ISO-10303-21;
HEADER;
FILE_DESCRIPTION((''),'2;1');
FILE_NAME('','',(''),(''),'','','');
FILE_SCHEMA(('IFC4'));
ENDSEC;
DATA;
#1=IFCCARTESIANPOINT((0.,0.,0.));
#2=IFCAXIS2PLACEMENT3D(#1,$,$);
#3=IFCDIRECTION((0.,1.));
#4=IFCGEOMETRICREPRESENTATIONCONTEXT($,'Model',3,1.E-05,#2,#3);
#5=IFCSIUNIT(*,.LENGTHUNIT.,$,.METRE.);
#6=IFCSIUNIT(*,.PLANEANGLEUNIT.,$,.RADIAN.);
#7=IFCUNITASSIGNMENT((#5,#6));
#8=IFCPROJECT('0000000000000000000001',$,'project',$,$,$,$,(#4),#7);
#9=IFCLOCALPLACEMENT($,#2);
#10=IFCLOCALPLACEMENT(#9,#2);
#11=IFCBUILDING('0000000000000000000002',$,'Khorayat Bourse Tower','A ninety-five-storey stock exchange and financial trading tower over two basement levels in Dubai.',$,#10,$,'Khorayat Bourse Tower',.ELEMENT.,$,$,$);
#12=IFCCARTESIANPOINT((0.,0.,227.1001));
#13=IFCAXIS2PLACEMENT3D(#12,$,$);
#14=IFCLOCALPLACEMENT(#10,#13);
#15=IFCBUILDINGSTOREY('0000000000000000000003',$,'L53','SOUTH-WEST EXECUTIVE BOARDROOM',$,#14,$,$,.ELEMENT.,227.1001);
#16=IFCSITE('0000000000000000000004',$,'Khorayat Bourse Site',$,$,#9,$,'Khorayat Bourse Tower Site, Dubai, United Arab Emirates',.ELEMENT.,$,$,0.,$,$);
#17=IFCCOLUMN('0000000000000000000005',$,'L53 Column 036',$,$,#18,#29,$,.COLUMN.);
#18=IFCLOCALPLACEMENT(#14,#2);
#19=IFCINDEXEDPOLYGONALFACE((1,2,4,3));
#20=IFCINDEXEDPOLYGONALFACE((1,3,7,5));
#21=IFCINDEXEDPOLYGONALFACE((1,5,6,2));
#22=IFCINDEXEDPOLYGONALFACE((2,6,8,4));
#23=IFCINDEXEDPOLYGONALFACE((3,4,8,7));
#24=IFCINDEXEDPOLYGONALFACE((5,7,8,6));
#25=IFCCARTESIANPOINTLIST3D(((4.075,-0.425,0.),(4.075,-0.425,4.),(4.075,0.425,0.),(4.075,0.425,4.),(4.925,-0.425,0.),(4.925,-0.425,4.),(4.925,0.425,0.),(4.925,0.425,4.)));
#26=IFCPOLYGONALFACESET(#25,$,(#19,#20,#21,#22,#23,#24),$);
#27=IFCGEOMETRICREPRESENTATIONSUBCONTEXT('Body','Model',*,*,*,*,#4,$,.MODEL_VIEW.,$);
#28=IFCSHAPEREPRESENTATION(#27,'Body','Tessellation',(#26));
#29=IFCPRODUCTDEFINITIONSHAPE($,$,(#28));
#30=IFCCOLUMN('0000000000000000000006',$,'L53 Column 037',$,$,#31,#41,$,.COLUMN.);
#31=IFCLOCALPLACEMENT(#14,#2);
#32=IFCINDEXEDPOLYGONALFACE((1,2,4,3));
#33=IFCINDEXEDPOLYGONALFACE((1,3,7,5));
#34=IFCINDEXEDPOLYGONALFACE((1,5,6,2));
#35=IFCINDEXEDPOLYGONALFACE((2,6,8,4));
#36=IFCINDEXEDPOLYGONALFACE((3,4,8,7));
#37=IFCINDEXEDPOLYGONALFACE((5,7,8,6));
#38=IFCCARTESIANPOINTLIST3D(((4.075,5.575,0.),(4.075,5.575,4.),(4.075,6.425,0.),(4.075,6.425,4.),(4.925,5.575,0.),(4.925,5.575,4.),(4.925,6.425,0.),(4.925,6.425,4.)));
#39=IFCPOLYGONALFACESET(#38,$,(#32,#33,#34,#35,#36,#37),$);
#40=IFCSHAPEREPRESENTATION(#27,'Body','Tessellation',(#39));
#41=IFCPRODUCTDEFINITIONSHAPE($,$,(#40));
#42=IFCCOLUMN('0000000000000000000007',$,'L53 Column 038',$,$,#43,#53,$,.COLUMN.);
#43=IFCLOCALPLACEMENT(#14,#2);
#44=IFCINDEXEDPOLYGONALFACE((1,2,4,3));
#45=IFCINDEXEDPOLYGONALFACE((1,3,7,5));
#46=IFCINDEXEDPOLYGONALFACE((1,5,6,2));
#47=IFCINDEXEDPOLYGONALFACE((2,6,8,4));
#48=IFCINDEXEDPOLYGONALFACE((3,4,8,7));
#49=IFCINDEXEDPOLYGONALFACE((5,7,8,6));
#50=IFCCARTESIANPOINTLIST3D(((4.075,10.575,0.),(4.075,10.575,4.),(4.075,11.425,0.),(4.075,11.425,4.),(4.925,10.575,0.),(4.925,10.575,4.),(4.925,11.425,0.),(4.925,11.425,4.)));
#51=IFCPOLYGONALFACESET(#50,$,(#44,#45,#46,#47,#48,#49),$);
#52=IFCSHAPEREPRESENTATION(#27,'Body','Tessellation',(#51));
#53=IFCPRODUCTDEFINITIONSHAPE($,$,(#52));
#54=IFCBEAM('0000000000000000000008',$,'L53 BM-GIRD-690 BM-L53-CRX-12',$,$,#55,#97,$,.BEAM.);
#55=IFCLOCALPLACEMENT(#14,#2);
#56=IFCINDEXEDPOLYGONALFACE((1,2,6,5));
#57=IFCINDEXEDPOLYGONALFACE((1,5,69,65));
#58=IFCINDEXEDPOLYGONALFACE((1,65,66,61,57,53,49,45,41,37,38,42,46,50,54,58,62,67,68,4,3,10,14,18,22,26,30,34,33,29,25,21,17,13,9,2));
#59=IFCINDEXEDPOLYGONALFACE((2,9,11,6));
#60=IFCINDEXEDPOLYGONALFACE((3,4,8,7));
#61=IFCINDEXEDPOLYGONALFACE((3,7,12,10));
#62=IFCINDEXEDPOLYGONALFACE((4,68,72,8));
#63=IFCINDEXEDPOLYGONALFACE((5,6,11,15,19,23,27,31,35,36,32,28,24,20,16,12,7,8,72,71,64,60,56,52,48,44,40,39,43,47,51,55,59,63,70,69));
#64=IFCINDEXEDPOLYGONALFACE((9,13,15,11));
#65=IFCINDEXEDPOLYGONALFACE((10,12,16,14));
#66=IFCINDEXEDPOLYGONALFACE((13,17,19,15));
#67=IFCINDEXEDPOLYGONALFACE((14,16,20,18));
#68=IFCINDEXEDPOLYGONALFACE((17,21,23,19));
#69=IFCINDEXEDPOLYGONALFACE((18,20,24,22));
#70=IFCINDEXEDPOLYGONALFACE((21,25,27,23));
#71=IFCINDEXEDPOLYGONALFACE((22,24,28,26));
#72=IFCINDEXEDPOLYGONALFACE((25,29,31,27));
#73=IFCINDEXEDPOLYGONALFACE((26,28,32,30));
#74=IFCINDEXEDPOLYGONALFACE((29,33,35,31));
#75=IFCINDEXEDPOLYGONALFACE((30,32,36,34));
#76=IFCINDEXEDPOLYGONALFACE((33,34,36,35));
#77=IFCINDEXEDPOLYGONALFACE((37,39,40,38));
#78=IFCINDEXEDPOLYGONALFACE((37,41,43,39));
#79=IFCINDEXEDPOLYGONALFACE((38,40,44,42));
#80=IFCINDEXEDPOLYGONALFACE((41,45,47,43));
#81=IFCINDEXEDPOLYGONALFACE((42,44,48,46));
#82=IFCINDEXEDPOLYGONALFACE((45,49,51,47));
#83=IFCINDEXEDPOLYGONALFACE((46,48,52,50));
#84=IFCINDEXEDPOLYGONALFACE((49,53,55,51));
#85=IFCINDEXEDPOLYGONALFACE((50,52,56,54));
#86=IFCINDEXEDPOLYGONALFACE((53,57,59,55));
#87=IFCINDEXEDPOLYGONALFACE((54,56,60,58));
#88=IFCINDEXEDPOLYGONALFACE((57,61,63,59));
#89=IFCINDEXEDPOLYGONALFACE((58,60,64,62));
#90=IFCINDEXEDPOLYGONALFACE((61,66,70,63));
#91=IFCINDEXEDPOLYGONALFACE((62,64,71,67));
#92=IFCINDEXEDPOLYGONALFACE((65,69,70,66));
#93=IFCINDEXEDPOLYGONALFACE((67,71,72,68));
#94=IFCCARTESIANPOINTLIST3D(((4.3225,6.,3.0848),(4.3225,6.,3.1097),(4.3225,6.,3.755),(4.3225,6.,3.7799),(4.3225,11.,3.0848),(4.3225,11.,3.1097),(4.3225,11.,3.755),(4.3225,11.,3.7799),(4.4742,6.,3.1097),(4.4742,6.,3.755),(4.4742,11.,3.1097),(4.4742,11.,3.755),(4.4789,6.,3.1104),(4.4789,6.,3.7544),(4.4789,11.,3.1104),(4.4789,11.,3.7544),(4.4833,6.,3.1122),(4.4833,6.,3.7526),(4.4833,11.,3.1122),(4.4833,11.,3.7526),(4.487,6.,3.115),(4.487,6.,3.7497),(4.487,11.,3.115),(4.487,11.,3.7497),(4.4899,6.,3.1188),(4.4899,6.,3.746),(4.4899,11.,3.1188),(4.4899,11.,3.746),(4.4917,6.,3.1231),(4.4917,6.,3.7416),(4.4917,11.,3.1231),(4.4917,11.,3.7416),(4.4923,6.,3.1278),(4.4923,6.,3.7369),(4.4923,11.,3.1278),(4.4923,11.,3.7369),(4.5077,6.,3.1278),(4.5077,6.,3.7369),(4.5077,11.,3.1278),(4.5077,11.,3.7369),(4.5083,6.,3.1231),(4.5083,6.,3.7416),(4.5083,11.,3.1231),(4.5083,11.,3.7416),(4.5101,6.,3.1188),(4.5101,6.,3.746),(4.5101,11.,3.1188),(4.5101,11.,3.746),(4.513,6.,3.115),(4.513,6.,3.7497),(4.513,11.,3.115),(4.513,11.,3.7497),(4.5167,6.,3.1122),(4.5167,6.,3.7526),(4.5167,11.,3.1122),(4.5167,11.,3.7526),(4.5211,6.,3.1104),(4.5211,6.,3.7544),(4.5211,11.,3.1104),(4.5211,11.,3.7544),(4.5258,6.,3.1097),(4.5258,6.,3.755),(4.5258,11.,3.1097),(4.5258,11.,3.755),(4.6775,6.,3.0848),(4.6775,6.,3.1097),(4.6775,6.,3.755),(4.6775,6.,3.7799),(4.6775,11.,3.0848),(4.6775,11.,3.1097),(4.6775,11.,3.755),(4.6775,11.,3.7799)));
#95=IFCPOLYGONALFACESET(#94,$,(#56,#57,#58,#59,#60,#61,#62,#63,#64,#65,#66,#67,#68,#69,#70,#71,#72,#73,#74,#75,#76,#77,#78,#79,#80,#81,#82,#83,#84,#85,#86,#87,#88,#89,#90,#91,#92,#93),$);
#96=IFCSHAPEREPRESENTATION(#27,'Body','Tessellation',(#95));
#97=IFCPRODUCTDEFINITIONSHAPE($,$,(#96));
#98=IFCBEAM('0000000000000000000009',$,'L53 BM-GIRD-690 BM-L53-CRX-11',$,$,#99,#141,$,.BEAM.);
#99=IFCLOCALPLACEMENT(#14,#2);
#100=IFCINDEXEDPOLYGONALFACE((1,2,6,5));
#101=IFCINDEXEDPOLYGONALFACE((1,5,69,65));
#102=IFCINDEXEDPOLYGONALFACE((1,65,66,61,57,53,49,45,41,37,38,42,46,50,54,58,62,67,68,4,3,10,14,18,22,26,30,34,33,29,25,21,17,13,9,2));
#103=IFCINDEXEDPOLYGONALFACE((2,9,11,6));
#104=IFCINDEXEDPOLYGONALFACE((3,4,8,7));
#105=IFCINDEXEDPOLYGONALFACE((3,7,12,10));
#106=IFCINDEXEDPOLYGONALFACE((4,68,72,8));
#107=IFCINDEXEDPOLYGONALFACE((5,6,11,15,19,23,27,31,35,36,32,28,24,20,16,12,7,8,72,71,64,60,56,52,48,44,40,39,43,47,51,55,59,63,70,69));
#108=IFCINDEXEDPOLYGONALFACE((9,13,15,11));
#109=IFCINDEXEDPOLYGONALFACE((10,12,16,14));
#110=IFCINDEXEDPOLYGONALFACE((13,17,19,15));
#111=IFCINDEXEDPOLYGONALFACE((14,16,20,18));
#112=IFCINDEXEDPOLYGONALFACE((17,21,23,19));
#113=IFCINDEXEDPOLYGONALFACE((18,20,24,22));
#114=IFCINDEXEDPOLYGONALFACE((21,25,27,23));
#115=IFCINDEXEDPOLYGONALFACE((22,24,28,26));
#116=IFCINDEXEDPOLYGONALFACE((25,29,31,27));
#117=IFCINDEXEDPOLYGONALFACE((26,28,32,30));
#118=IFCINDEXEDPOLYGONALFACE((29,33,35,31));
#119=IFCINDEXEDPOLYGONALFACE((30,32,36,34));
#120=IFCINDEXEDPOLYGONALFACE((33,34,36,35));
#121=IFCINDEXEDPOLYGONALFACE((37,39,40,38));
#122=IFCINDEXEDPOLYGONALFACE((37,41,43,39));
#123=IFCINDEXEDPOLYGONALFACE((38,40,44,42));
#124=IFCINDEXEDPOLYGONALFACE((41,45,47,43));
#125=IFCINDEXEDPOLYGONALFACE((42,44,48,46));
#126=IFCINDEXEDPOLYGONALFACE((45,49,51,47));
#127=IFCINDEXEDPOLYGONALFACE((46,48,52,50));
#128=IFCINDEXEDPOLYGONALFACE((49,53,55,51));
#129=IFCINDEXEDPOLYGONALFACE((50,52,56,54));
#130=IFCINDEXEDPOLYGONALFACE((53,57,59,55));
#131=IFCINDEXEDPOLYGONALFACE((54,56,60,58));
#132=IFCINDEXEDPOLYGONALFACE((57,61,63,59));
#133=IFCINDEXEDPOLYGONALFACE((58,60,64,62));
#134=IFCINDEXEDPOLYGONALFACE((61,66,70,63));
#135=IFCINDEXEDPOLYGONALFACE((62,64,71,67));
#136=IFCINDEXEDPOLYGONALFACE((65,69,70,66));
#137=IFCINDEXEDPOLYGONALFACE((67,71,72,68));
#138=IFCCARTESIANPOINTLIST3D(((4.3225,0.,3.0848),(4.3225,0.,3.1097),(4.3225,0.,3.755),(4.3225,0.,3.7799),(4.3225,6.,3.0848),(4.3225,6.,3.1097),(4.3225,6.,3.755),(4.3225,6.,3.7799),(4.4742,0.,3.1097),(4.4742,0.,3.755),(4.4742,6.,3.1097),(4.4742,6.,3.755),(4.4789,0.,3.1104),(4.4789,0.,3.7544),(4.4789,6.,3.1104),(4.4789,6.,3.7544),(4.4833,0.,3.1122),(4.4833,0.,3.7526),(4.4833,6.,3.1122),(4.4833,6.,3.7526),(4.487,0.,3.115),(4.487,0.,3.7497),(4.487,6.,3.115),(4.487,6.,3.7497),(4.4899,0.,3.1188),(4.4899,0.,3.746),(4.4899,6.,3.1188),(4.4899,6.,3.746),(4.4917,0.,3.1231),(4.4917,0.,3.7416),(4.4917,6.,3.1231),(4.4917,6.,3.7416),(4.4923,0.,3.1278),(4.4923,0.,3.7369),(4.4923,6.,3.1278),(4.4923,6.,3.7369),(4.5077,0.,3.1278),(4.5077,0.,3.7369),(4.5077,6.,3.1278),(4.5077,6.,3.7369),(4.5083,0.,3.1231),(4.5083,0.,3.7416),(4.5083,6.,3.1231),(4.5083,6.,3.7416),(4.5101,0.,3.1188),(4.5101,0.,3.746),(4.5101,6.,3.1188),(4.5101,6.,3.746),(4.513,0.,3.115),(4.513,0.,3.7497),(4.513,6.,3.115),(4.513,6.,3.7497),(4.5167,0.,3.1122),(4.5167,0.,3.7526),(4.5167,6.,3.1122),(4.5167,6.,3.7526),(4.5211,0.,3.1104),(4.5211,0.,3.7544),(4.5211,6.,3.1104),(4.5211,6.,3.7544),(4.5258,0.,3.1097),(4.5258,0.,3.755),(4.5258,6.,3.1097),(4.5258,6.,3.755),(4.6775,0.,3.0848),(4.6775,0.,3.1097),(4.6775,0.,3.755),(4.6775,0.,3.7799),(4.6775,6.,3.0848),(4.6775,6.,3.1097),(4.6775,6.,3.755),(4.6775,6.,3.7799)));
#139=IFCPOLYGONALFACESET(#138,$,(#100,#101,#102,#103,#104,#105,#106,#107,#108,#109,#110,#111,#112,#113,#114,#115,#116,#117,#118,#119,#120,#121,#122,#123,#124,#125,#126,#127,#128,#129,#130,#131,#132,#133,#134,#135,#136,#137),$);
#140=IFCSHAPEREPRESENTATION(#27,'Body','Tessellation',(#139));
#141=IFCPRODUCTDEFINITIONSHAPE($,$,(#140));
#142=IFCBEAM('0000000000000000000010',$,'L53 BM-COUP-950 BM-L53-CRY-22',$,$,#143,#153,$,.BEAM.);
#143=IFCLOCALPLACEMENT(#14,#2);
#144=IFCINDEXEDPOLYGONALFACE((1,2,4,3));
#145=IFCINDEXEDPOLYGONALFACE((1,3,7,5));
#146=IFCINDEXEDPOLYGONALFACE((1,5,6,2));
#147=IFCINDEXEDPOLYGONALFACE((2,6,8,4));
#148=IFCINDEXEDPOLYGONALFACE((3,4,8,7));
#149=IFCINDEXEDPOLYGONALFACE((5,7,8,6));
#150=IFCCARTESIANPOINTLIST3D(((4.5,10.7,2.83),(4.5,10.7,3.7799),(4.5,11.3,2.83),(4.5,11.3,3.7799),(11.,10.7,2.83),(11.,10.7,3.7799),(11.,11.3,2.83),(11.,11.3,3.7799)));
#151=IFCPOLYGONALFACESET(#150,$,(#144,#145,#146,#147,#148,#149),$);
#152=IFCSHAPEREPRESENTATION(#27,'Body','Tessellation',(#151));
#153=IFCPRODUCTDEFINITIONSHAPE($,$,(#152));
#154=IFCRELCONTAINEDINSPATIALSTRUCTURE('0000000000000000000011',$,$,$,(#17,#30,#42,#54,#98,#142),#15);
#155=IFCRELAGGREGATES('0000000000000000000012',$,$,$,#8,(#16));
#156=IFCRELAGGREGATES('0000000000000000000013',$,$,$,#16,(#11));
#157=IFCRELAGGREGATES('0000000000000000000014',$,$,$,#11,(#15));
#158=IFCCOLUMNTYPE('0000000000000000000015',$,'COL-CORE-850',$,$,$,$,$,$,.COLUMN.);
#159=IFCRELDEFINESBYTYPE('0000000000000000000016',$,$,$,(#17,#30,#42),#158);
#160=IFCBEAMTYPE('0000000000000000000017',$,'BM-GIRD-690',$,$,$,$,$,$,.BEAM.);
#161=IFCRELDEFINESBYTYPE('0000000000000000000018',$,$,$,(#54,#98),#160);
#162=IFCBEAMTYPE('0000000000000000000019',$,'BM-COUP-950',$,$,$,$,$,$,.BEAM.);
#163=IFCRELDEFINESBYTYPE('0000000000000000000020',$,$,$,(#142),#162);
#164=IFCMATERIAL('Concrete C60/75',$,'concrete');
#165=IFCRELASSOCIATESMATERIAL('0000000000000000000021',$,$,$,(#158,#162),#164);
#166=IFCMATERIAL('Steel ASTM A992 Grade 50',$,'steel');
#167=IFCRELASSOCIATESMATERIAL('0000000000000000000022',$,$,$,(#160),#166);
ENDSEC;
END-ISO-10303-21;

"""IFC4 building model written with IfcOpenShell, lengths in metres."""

from ifc_helpers import new_model, si_unit, direction, frame, origin, origin_2d, place, context, subcontext, project, spatial, rectangle, i_section, extrude, source, transform, mapped, material, material_profile, profile_set, type_object, element, save


model = new_model("IFC4")

# Units and contexts
model_context = context("Model", 3, precision=1e-05, world=origin(), true_north=direction((0.0, 1.0)))
body_context = subcontext(model_context, "Body", "Model", "MODEL_VIEW")
ifc_project = project(units=[si_unit("LENGTHUNIT", "METRE"), si_unit("PLANEANGLEUNIT", "RADIAN")], contexts=[model_context])

# Site, building, storey
site_placement = place(None, origin())
site = spatial("IfcSite", under=ifc_project, at=site_placement, Name="Khorayat Bourse Site", LongName="Khorayat Bourse Tower Site, Dubai, United Arab Emirates", CompositionType="ELEMENT", RefElevation=0.0)
building_placement = place(site_placement, origin())
building = spatial("IfcBuilding", under=site, at=building_placement, Name="Khorayat Bourse Tower", Description="A ninety-five-storey stock exchange and financial trading tower over two basement levels in Dubai.", LongName="Khorayat Bourse Tower", CompositionType="ELEMENT")
storey_placement = place(building_placement, frame((0.0, 0.0, 227.1001)))
storey = spatial("IfcBuildingStorey", under=building, at=storey_placement, Name="L53", Description="SOUTH-WEST EXECUTIVE BOARDROOM", CompositionType="ELEMENT", Elevation=227.1001)

# Columns
ifc_material_1 = material(Name="Concrete C60/75", Category="concrete")
ifc_material_profile_1 = material_profile(ifc_material_1, rectangle(XDim=0.8501, YDim=0.8501, at=origin_2d()), Name="RC 850x850")
ifc_profile_set_1 = profile_set([ifc_material_profile_1], Name="Concrete C60/75")
column_type = type_object("IfcColumnType", Name="COL-CORE-850", PredefinedType="COLUMN", material=ifc_profile_set_1)
shared_shape_1 = source(origin(), body_context, "Body", "SweptSolid", [
    extrude(rectangle(XDim=0.8501, YDim=0.8501, at=origin_2d()), origin(), (0.0, 0.0, 1.0), 4.0),
])
for number, where, z_axis, x_axis, name in (
    (1, (4.5, 0.0, 0.0), (0.0, 0.0, 1.0), (1.0, 0.0, 0.0), "L53 Column 036"),
    (2, (4.5, 6.0, 0.0), (0.0, 0.0, 1.0), (1.0, 0.0, 0.0), "L53 Column 037"),
    (3, (4.5, 11.0, 0.0), (0.0, 0.0, 1.0), (1.0, 0.0, 0.0), "L53 Column 038"),
):
    element("IfcColumn", number, at=place(storey_placement, frame(where, z_axis=z_axis, x_axis=x_axis)), inside=storey, type_object=column_type, Name=name, PredefinedType="COLUMN", context=body_context, shape_type="MappedRepresentation", body=[
        mapped(shared_shape_1, transform((0.0, 0.0, 0.0), scale=1.0)),
    ])

# Beams
ifc_material_2 = material(Name="Steel ASTM A992 Grade 50", Category="steel")
ifc_material_profile_2 = material_profile(ifc_material_2, i_section(OverallWidth=0.355, OverallDepth=0.6951, WebThickness=0.0154, FlangeThickness=0.0249, FilletRadius=0.0181, at=origin_2d()), Name="W690X217")
ifc_profile_set_2 = profile_set([ifc_material_profile_2], Name="Steel ASTM A992 Grade 50")
beam_type_1 = type_object("IfcBeamType", Name="BM-GIRD-690", PredefinedType="BEAM", material=ifc_profile_set_2)
shared_shape_2 = source(origin(), body_context, "Body", "SweptSolid", [
    extrude(i_section(OverallWidth=0.355, OverallDepth=0.6951, WebThickness=0.0154, FlangeThickness=0.0249, FilletRadius=0.0181, at=origin_2d()), origin(), (0.0, 0.0, 1.0), 5.0),
])
beam_1_placement = place(storey_placement, frame((4.5, 6.0, 3.4324), z_axis=(0.0, 1.0, 0.0), x_axis=(-1.0, 0.0, 0.0)))
element("IfcBeam", 4, at=beam_1_placement, inside=storey, type_object=beam_type_1, Name="L53 BM-GIRD-690 BM-L53-CRX-12", PredefinedType="BEAM", context=body_context, shape_type="MappedRepresentation", body=[
    mapped(shared_shape_2, transform((0.0, 0.0, 0.0), scale=1.0)),
])
shared_shape_3 = source(origin(), body_context, "Body", "SweptSolid", [
    extrude(i_section(OverallWidth=0.355, OverallDepth=0.6951, WebThickness=0.0154, FlangeThickness=0.0249, FilletRadius=0.0181, at=origin_2d()), origin(), (0.0, 0.0, 1.0), 6.0),
])
beam_2_placement = place(storey_placement, frame((4.5, 0.0, 3.4324), z_axis=(0.0, 1.0, 0.0), x_axis=(-1.0, 0.0, 0.0)))
element("IfcBeam", 5, at=beam_2_placement, inside=storey, type_object=beam_type_1, Name="L53 BM-GIRD-690 BM-L53-CRX-11", PredefinedType="BEAM", context=body_context, shape_type="MappedRepresentation", body=[
    mapped(shared_shape_3, transform((0.0, 0.0, 0.0), scale=1.0)),
])
ifc_material_profile_3 = material_profile(ifc_material_1, rectangle(XDim=0.6001, YDim=0.95, at=origin_2d()), Name="RC 600x950")
ifc_profile_set_3 = profile_set([ifc_material_profile_3], Name="Concrete C60/75")
beam_type_2 = type_object("IfcBeamType", Name="BM-COUP-950", PredefinedType="BEAM", material=ifc_profile_set_3)
shared_shape_4 = source(origin(), body_context, "Body", "SweptSolid", [
    extrude(rectangle(XDim=0.6001, YDim=0.95, at=origin_2d()), origin(), (0.0, 0.0, 1.0), 6.5),
])
beam_3_placement = place(storey_placement, frame((4.5, 11.0, 3.3049), z_axis=(1.0, 0.0, 0.0), x_axis=(0.0, 1.0, 0.0)))
element("IfcBeam", 6, at=beam_3_placement, inside=storey, type_object=beam_type_2, Name="L53 BM-COUP-950 BM-L53-CRY-22", PredefinedType="BEAM", context=body_context, shape_type="MappedRepresentation", body=[
    mapped(shared_shape_4, transform((0.0, 0.0, 0.0), scale=1.0)),
])

save(model, "model.ifc")
